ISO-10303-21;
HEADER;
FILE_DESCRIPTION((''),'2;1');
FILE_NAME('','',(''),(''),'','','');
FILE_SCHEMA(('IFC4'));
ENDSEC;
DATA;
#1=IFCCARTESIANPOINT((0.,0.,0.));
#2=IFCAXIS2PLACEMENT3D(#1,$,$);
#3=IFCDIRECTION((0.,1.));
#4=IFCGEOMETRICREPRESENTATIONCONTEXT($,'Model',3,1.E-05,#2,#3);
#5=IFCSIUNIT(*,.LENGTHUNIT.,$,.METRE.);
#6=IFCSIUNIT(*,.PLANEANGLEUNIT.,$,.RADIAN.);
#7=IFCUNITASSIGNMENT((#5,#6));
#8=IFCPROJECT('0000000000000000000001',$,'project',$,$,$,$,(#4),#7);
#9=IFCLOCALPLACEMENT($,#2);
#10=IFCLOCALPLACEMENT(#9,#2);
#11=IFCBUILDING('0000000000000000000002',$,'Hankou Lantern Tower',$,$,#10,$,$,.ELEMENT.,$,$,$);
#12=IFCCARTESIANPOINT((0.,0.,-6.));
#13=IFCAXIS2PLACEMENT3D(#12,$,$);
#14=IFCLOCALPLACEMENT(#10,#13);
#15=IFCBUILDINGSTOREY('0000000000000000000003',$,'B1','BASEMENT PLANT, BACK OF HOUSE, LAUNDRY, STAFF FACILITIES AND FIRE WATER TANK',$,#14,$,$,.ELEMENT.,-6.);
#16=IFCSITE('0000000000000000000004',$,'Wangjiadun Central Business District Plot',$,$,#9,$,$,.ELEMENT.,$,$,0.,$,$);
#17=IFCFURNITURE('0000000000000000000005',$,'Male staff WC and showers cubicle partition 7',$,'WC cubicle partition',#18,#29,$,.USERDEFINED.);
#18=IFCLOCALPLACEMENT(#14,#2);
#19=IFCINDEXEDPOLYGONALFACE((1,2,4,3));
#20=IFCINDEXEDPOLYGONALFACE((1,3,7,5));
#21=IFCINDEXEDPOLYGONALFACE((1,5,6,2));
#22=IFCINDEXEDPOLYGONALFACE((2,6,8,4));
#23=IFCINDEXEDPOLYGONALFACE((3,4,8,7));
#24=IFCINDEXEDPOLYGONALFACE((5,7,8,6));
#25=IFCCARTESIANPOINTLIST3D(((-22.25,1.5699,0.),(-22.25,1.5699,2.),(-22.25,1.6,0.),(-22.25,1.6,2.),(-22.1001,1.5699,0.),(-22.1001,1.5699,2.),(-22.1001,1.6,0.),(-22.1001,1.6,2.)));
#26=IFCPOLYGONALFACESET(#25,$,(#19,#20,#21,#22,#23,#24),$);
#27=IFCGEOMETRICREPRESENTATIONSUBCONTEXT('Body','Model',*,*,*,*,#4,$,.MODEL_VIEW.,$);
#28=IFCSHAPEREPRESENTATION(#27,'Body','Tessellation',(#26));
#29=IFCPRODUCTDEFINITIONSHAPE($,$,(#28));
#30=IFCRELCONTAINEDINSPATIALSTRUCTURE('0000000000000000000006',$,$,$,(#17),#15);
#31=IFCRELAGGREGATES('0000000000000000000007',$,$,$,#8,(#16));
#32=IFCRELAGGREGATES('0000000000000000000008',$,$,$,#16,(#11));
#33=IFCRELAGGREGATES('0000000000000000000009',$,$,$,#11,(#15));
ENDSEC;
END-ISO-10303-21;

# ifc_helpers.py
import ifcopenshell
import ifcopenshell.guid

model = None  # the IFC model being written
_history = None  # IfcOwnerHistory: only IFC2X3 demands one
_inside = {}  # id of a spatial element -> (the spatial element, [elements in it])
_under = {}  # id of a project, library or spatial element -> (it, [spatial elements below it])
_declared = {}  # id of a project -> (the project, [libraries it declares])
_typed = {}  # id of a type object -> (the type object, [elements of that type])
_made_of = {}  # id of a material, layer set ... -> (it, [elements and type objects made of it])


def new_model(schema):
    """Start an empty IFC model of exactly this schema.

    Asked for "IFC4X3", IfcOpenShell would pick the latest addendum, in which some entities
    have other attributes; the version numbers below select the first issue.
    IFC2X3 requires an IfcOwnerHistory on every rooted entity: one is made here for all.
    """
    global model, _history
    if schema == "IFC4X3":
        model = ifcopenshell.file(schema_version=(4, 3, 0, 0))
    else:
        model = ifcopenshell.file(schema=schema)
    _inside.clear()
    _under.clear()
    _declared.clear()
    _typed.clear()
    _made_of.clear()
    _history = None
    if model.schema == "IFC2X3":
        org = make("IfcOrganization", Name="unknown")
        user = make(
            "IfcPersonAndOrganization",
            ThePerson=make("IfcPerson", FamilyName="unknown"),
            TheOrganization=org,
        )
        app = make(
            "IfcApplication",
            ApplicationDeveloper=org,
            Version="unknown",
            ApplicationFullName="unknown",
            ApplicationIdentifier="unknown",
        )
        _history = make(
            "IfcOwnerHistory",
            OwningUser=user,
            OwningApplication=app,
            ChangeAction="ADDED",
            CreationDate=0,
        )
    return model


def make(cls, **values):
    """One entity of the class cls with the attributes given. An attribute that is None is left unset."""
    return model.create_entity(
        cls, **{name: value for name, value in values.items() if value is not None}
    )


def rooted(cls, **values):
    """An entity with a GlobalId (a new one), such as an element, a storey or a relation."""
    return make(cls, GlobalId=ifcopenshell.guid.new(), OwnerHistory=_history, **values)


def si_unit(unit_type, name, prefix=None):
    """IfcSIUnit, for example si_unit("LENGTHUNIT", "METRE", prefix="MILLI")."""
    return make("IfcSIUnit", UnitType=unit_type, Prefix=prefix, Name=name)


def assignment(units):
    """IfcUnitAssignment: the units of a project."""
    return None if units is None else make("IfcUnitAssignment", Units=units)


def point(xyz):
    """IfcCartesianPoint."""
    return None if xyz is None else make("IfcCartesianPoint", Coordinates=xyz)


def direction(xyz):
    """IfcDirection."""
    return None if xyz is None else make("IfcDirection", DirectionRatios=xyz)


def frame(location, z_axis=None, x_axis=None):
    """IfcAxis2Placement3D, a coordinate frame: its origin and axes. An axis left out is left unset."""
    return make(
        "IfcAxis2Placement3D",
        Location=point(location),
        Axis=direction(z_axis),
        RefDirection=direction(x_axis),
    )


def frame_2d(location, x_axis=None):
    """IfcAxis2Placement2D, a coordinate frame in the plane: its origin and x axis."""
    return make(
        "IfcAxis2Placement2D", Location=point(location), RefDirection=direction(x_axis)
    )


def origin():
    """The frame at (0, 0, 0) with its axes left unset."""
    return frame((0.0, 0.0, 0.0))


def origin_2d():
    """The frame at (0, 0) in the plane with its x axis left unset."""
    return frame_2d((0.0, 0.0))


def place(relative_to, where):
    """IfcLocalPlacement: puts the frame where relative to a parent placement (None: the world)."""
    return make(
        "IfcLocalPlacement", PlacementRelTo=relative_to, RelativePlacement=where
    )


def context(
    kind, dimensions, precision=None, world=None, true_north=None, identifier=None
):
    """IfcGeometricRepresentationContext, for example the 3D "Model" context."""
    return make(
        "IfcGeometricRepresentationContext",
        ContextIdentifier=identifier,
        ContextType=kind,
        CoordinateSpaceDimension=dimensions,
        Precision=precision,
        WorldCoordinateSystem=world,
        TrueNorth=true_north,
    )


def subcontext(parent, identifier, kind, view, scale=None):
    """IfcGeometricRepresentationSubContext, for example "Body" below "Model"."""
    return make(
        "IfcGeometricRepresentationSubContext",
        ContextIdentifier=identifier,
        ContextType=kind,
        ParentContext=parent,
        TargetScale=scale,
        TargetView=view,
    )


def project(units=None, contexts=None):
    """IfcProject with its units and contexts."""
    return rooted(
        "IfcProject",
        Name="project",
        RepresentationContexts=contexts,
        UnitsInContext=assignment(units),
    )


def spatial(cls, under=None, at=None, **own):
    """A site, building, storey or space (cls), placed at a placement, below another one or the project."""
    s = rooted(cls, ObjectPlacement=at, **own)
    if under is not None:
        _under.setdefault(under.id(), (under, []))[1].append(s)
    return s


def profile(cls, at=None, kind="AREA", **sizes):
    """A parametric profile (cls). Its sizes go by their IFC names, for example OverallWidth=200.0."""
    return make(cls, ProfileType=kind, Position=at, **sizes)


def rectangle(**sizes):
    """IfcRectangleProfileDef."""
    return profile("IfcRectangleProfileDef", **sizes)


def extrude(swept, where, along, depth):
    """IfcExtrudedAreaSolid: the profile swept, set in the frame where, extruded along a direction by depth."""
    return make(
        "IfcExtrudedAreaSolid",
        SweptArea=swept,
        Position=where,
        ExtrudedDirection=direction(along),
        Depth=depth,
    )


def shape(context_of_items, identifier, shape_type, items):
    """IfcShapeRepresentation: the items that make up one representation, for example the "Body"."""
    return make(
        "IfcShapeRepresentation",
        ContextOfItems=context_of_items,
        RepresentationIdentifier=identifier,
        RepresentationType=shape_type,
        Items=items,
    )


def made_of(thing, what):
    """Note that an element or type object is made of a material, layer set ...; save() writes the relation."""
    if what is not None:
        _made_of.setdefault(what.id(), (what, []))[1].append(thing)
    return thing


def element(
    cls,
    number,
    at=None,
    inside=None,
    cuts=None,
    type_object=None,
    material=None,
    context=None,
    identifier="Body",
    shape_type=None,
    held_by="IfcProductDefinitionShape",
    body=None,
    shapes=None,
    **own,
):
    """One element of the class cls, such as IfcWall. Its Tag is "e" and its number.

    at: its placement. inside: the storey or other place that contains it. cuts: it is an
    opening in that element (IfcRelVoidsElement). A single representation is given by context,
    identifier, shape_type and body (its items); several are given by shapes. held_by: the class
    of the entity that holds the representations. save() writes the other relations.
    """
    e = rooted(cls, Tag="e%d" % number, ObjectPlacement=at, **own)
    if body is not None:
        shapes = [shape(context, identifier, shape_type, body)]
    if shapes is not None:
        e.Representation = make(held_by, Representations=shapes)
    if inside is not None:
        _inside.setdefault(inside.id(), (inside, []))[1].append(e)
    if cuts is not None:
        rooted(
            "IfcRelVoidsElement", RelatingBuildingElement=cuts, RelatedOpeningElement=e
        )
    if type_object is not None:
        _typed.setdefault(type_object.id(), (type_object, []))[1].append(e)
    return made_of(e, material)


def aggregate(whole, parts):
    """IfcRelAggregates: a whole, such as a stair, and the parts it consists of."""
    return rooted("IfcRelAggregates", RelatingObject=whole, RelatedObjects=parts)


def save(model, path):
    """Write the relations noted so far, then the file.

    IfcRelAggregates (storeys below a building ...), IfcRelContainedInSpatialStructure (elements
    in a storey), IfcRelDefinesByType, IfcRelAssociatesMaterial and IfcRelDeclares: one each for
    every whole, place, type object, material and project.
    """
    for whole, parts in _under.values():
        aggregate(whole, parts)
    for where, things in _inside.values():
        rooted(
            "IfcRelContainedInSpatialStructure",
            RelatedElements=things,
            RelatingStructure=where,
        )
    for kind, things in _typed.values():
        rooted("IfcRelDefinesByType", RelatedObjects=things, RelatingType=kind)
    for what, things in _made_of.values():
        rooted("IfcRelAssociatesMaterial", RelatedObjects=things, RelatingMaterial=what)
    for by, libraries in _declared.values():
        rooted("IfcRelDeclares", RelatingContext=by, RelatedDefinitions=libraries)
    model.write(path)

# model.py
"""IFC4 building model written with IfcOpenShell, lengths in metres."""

from ifc_helpers import new_model, si_unit, direction, frame, origin, origin_2d, place, context, subcontext, project, spatial, rectangle, extrude, element, save


model = new_model("IFC4")

# Units and contexts
model_context = context("Model", 3, precision=1e-05, world=origin(), true_north=direction((0.0, 1.0)))
body_context = subcontext(model_context, "Body", "Model", "MODEL_VIEW")
ifc_project = project(units=[si_unit("LENGTHUNIT", "METRE"), si_unit("PLANEANGLEUNIT", "RADIAN")], contexts=[model_context])

# Site, building, storey
site_placement = place(None, origin())
site = spatial("IfcSite", under=ifc_project, at=site_placement, Name="Wangjiadun Central Business District Plot", CompositionType="ELEMENT", RefElevation=0.0)
building_placement = place(site_placement, origin())
building = spatial("IfcBuilding", under=site, at=building_placement, Name="Hankou Lantern Tower", CompositionType="ELEMENT")
storey_placement = place(building_placement, frame((0.0, 0.0, -6.0)))
storey = spatial("IfcBuildingStorey", under=building, at=storey_placement, Name="B1", Description="BASEMENT PLANT, BACK OF HOUSE, LAUNDRY, STAFF FACILITIES AND FIRE WATER TANK", CompositionType="ELEMENT", Elevation=-6.0)

# Furniture
for number, where, z_axis, x_axis, name in (
    (1, (-22.175, 1.585, 0.0), (0.0, 0.0, 1.0), (-1.0, 0.0, 0.0), "Male staff WC and showers cubicle partition 7"),
):
    element("IfcFurniture", number, at=place(storey_placement, frame(where, z_axis=z_axis, x_axis=x_axis)), inside=storey, Name=name, ObjectType="WC cubicle partition", PredefinedType="USERDEFINED", context=body_context, shape_type="SweptSolid", body=[
        extrude(rectangle(XDim=0.1499, YDim=0.03, at=origin_2d()), origin(), (0.0, 0.0, 1.0), 2.0),
    ])

save(model, "model.ifc")
